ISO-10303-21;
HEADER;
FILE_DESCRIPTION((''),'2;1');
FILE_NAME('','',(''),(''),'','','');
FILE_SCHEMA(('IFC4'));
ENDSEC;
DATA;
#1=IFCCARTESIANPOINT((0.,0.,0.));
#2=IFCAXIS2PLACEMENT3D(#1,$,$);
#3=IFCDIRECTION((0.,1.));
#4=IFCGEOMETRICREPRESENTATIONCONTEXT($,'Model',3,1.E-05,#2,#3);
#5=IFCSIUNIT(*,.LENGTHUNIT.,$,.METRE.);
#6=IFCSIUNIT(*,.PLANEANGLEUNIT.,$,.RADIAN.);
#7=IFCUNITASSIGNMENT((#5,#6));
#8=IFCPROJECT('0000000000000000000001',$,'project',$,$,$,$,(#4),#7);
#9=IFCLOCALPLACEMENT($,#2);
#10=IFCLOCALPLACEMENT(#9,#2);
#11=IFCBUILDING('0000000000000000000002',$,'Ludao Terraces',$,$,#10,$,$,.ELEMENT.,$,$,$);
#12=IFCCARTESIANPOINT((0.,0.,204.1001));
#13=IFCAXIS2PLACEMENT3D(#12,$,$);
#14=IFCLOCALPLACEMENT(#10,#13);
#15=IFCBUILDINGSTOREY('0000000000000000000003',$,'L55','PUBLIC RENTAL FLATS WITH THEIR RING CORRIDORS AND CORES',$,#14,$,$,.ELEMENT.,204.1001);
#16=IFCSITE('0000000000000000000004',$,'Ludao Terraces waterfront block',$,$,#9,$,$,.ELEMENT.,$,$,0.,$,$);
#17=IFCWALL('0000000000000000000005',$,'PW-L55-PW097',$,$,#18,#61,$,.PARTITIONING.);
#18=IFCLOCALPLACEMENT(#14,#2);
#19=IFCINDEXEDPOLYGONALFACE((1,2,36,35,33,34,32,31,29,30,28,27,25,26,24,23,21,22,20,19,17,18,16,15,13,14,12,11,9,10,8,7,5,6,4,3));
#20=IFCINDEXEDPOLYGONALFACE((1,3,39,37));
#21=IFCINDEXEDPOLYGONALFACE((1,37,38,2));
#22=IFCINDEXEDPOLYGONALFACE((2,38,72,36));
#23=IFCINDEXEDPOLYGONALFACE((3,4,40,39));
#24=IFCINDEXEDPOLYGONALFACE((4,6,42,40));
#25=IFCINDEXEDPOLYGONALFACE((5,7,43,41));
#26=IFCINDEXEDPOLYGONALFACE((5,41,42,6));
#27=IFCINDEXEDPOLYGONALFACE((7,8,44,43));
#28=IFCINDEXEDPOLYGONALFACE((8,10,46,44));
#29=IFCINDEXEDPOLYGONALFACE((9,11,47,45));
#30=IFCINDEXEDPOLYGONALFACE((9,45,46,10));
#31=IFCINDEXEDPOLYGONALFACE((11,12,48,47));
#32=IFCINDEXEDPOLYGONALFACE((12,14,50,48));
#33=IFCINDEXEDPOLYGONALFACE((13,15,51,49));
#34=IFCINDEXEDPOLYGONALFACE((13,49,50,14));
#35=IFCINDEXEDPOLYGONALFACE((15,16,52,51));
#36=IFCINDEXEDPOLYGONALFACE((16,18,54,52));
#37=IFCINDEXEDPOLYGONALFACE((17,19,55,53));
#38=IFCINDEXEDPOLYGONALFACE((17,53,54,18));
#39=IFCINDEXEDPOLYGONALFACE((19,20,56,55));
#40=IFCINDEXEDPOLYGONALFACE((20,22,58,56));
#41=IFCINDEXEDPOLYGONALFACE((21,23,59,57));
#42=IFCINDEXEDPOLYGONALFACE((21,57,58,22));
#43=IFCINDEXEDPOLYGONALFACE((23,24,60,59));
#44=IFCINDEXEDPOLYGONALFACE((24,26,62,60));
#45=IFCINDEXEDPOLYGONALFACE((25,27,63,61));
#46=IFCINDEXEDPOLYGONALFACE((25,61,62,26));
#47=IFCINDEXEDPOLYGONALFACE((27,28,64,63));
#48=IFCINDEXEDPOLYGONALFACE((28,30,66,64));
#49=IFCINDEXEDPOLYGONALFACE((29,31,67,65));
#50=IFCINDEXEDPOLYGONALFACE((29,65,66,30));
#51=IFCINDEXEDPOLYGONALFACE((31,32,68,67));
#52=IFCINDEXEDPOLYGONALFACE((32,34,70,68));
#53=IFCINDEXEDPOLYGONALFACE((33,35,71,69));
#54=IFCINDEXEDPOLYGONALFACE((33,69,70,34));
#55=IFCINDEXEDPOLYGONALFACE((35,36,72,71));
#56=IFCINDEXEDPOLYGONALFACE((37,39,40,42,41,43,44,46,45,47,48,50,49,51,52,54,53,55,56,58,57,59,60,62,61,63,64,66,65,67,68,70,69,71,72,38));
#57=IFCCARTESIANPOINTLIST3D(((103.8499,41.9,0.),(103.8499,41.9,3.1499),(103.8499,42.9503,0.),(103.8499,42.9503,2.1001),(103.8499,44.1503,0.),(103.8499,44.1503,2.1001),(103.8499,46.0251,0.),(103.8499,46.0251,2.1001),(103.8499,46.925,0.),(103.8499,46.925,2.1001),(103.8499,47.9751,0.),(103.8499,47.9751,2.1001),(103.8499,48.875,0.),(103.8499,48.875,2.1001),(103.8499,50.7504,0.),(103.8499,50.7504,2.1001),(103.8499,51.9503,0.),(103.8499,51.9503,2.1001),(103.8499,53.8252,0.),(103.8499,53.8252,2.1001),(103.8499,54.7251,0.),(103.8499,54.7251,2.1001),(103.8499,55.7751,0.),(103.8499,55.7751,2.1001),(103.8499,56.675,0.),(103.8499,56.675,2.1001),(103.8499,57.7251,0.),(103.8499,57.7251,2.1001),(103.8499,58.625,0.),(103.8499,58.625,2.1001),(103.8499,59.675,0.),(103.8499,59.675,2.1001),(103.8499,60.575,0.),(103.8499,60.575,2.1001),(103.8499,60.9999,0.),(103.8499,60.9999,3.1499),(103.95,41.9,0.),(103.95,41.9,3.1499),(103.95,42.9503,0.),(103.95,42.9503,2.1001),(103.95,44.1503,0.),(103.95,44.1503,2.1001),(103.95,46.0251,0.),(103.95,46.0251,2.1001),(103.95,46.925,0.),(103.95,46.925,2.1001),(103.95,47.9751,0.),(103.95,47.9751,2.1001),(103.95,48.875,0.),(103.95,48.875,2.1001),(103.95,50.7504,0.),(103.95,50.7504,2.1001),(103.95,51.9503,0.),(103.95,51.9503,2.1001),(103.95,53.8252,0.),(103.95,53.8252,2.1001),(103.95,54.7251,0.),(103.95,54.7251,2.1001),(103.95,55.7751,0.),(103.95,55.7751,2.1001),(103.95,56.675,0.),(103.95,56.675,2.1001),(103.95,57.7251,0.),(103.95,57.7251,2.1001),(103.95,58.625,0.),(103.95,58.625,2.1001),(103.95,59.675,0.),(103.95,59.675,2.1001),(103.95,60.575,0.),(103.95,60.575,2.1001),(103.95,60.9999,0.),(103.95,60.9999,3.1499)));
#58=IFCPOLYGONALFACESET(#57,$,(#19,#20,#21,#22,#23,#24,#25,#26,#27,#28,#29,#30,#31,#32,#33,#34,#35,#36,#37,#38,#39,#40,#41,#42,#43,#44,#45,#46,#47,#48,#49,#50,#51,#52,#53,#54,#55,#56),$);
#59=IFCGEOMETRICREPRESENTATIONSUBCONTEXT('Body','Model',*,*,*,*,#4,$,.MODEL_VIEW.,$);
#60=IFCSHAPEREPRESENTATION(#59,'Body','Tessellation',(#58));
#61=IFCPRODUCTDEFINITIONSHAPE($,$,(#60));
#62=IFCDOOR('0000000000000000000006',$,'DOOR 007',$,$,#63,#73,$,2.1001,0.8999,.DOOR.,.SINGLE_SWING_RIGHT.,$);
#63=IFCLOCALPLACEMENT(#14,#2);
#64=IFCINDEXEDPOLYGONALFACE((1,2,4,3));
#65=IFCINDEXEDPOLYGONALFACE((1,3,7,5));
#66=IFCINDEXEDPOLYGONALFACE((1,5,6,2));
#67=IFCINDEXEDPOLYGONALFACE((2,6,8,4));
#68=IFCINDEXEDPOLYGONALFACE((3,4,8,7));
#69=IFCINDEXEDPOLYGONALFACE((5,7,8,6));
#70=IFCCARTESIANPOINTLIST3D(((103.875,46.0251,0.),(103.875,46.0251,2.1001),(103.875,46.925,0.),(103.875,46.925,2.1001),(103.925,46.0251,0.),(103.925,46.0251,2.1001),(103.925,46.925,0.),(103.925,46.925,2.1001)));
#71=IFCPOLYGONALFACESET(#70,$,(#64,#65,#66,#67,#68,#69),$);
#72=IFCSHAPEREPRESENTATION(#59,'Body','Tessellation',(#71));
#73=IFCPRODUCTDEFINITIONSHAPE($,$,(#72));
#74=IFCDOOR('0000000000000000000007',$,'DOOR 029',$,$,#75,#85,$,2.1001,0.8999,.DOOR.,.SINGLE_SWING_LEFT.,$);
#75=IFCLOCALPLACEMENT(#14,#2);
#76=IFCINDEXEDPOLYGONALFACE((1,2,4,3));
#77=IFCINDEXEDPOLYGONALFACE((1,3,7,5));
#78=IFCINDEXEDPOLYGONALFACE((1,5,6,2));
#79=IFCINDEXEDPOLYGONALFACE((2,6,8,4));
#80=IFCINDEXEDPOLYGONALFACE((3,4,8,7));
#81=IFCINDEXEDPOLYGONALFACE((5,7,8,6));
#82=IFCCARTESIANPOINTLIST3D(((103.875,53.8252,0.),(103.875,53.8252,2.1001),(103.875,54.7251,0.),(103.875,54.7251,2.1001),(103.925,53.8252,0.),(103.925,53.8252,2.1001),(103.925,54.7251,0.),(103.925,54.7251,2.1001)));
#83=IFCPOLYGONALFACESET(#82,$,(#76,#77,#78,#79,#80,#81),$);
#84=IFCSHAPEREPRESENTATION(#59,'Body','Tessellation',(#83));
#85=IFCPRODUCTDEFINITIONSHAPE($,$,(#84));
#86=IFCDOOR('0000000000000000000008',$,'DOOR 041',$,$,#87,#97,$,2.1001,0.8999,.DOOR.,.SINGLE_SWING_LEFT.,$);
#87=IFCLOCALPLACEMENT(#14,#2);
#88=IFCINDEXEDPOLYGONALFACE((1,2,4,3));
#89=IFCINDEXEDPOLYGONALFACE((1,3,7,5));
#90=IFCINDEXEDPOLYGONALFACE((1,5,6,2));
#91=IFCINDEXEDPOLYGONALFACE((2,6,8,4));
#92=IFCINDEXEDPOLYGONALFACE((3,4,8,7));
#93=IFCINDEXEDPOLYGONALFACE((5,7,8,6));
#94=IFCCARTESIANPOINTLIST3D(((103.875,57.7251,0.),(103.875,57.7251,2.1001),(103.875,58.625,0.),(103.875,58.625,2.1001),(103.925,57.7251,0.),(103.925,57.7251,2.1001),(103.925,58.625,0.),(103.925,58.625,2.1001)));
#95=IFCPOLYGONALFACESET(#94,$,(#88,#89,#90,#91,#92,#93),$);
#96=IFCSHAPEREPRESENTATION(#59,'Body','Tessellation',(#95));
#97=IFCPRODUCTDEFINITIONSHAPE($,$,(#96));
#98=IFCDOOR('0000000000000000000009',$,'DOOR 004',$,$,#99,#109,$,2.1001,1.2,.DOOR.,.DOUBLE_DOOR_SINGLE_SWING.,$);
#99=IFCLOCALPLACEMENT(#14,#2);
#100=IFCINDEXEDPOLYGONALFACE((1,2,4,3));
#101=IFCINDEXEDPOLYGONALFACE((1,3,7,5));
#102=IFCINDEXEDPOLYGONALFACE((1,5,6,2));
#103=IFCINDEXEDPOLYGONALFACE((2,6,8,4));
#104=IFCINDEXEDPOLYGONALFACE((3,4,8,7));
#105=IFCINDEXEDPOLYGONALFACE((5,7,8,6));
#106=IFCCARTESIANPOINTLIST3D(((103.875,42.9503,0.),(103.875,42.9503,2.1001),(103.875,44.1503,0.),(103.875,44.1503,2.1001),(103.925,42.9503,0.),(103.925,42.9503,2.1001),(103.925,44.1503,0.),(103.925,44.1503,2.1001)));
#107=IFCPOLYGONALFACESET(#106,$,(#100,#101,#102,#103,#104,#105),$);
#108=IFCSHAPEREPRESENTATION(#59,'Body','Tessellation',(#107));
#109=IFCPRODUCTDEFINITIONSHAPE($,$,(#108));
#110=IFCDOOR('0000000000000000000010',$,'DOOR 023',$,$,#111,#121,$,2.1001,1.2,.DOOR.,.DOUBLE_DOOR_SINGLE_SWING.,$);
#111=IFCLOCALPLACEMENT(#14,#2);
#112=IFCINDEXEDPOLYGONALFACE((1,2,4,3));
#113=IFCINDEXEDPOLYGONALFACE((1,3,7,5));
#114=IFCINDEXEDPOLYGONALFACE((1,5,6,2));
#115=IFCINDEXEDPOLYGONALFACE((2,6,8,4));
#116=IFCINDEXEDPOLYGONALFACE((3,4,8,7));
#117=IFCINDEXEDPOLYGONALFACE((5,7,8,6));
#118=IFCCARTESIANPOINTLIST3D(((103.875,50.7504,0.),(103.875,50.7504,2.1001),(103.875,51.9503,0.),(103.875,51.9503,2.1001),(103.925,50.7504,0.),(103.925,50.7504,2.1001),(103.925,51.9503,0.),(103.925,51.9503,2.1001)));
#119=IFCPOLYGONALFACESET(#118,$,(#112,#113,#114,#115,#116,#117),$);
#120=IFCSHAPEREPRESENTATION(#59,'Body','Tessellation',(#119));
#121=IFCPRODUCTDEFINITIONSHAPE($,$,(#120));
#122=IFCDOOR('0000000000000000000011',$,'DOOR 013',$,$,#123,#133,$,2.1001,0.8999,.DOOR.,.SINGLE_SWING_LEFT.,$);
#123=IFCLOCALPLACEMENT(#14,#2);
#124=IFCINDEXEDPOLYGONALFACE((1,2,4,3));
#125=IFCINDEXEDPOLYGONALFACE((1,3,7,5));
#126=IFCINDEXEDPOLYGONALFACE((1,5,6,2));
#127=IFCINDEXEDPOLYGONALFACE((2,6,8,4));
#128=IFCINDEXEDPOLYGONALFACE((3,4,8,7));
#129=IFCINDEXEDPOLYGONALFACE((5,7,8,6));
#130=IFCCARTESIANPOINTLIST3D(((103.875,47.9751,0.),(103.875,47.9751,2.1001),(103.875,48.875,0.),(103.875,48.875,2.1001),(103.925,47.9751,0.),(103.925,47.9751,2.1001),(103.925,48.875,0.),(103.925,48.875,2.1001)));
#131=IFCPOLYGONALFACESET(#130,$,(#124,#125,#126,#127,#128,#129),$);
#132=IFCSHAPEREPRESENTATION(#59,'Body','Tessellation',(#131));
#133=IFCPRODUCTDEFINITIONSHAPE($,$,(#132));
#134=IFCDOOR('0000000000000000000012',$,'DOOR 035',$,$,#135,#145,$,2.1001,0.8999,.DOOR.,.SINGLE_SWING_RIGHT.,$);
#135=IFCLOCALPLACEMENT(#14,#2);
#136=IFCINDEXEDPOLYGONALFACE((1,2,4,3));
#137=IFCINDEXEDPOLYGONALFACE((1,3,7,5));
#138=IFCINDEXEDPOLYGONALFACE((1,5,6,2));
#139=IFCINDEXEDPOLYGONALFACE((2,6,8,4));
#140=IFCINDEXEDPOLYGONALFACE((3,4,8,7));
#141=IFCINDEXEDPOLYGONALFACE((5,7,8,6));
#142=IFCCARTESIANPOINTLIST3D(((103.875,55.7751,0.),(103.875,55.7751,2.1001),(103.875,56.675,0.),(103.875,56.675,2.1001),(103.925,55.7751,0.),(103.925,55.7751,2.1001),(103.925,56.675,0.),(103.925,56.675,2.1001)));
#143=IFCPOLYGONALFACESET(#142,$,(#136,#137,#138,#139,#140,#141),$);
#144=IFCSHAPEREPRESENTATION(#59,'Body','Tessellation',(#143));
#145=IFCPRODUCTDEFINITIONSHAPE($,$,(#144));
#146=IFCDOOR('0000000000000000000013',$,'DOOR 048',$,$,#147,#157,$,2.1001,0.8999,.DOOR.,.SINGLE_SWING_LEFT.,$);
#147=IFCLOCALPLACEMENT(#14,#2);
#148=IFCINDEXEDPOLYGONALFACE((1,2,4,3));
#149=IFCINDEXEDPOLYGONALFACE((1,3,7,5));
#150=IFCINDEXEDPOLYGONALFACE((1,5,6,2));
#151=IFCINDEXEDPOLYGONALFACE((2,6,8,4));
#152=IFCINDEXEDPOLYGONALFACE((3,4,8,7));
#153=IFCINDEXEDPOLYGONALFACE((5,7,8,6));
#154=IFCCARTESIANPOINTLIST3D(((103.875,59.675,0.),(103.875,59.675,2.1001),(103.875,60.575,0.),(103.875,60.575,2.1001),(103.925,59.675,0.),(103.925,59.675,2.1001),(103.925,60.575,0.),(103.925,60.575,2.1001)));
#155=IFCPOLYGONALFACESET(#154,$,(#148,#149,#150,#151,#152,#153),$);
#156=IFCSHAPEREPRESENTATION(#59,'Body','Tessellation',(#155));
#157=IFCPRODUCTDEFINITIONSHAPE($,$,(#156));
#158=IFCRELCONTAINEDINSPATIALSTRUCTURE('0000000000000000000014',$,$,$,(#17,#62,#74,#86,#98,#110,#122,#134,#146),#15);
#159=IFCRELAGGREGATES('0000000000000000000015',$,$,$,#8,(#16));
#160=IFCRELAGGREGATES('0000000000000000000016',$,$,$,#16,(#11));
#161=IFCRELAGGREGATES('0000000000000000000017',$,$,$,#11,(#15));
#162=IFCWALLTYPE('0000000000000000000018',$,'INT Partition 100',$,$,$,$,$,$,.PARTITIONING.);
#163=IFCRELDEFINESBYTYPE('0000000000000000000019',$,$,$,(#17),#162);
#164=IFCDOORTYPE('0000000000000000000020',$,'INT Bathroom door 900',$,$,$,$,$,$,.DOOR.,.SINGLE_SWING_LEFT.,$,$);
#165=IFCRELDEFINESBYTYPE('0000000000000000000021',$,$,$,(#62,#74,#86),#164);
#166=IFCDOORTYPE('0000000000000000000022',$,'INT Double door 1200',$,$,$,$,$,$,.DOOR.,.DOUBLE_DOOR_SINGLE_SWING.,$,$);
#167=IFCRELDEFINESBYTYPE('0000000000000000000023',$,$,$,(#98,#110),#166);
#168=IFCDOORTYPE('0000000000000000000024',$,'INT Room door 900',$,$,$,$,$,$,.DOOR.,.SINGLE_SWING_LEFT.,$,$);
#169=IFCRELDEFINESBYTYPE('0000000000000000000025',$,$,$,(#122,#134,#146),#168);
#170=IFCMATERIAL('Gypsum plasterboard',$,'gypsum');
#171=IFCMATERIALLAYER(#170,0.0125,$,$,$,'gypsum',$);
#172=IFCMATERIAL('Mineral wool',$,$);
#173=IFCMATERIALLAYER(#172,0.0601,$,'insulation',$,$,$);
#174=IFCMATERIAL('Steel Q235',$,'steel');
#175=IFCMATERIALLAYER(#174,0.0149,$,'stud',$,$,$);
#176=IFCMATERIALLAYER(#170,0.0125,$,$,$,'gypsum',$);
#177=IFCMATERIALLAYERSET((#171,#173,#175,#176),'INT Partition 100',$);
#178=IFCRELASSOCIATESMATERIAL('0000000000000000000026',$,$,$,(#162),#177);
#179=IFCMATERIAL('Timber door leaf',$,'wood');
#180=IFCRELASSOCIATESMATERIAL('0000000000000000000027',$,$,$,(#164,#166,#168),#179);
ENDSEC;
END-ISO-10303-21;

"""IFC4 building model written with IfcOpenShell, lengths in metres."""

from ifc_helpers import new_model, si_unit, direction, frame, frame_2d, origin, place, context, subcontext, project, spatial, rectangle, extrude, material, layer, layer_set, type_object, element, fill, save


model = new_model("IFC4")

# Units and contexts
model_context = context("Model", 3, precision=1e-05, world=origin(), true_north=direction((0.0, 1.0)))
body_context = subcontext(model_context, "Body", "Model", "MODEL_VIEW")
ifc_project = project(units=[si_unit("LENGTHUNIT", "METRE"), si_unit("PLANEANGLEUNIT", "RADIAN")], contexts=[model_context])

# Site, building, storey
site_placement = place(None, origin())
site = spatial("IfcSite", under=ifc_project, at=site_placement, Name="Ludao Terraces waterfront block", CompositionType="ELEMENT", RefElevation=0.0)
building_placement = place(site_placement, origin())
building = spatial("IfcBuilding", under=site, at=building_placement, Name="Ludao Terraces", CompositionType="ELEMENT")
storey_placement = place(building_placement, frame((0.0, 0.0, 204.1001)))
storey = spatial("IfcBuildingStorey", under=building, at=storey_placement, Name="L55", Description="PUBLIC RENTAL FLATS WITH THEIR RING CORRIDORS AND CORES", CompositionType="ELEMENT", Elevation=204.1001)

# Shared definitions
ifc_material_1 = material(Name="Mineral wool")

# Wall, openings, doors
ifc_material_2 = material(Name="Gypsum plasterboard", Category="gypsum")
ifc_layer_1 = layer(ifc_material_2, 0.0125, Category="gypsum")
ifc_layer_2 = layer(ifc_material_1, 0.0601, Name="insulation")
ifc_material_3 = material(Name="Steel Q235", Category="steel")
ifc_layer_3 = layer(ifc_material_3, 0.0149, Name="stud")
ifc_layer_4 = layer(ifc_material_2, 0.0125, Category="gypsum")
ifc_layer_set_1 = layer_set([ifc_layer_1, ifc_layer_2, ifc_layer_3, ifc_layer_4], Name="INT Partition 100")
wall_type_1 = type_object("IfcWallType", Name="INT Partition 100", PredefinedType="PARTITIONING", material=ifc_layer_set_1)
wall_1_placement = place(storey_placement, frame((103.8999, 41.9001, 0.0), z_axis=(0.0, 0.0, 1.0), x_axis=(0.0, 1.0, 0.0)))
wall_1 = element("IfcWall", 1, at=wall_1_placement, inside=storey, type_object=wall_type_1, Name="PW-L55-PW097", PredefinedType="PARTITIONING", context=body_context, shape_type="SweptSolid", body=[
    extrude(rectangle(XDim=19.0999, YDim=0.1001, at=frame_2d((9.5498, 0.0))), origin(), (0.0, 0.0, 1.0), 3.1499),
])
opening_1_placement = place(wall_1_placement, frame((1.05, 0.0, 0.0)))
opening_1 = element("IfcOpeningElement", 2, at=opening_1_placement, cuts=wall_1, PredefinedType="OPENING", context=body_context, shape_type="SweptSolid", body=[
    extrude(rectangle(XDim=1.2, YDim=2.1001, at=frame_2d((0.6001, 1.05))), frame((0.0, 0.0601, 0.0), z_axis=(0.0, -1.0, 0.0), x_axis=(1.0, 0.0, 0.0)), (0.0, 0.0, 1.0), 0.1201),
])
opening_2_placement = place(wall_1_placement, frame((4.125, 0.0, 0.0)))
opening_2 = element("IfcOpeningElement", 3, at=opening_2_placement, cuts=wall_1, PredefinedType="OPENING", context=body_context, shape_type="SweptSolid", body=[
    extrude(rectangle(XDim=0.8999, YDim=2.1001, at=frame_2d((0.45, 1.05))), frame((0.0, 0.0601, 0.0), z_axis=(0.0, -1.0, 0.0), x_axis=(1.0, 0.0, 0.0)), (0.0, 0.0, 1.0), 0.1201),
])
opening_3_placement = place(wall_1_placement, frame((6.075, 0.0, 0.0)))
opening_3 = element("IfcOpeningElement", 4, at=opening_3_placement, cuts=wall_1, PredefinedType="OPENING", context=body_context, shape_type="SweptSolid", body=[
    extrude(rectangle(XDim=0.8999, YDim=2.1001, at=frame_2d((0.45, 1.05))), frame((0.0, 0.0601, 0.0), z_axis=(0.0, -1.0, 0.0), x_axis=(1.0, 0.0, 0.0)), (0.0, 0.0, 1.0), 0.1201),
])
opening_4_placement = place(wall_1_placement, frame((8.8501, 0.0, 0.0)))
opening_4 = element("IfcOpeningElement", 5, at=opening_4_placement, cuts=wall_1, PredefinedType="OPENING", context=body_context, shape_type="SweptSolid", body=[
    extrude(rectangle(XDim=1.2, YDim=2.1001, at=frame_2d((0.6001, 1.05))), frame((0.0, 0.0601, 0.0), z_axis=(0.0, -1.0, 0.0), x_axis=(1.0, 0.0, 0.0)), (0.0, 0.0, 1.0), 0.1201),
])
opening_5_placement = place(wall_1_placement, frame((11.925, 0.0, 0.0)))
opening_5 = element("IfcOpeningElement", 6, at=opening_5_placement, cuts=wall_1, PredefinedType="OPENING", context=body_context, shape_type="SweptSolid", body=[
    extrude(rectangle(XDim=0.8999, YDim=2.1001, at=frame_2d((0.45, 1.05))), frame((0.0, 0.0601, 0.0), z_axis=(0.0, -1.0, 0.0), x_axis=(1.0, 0.0, 0.0)), (0.0, 0.0, 1.0), 0.1201),
])
opening_6_placement = place(wall_1_placement, frame((13.875, 0.0, 0.0)))
opening_6 = element("IfcOpeningElement", 7, at=opening_6_placement, cuts=wall_1, PredefinedType="OPENING", context=body_context, shape_type="SweptSolid", body=[
    extrude(rectangle(XDim=0.8999, YDim=2.1001, at=frame_2d((0.45, 1.05))), frame((0.0, 0.0601, 0.0), z_axis=(0.0, -1.0, 0.0), x_axis=(1.0, 0.0, 0.0)), (0.0, 0.0, 1.0), 0.1201),
])
opening_7_placement = place(wall_1_placement, frame((15.825, 0.0, 0.0)))
opening_7 = element("IfcOpeningElement", 8, at=opening_7_placement, cuts=wall_1, PredefinedType="OPENING", context=body_context, shape_type="SweptSolid", body=[
    extrude(rectangle(XDim=0.8999, YDim=2.1001, at=frame_2d((0.45, 1.05))), frame((0.0, 0.0601, 0.0), z_axis=(0.0, -1.0, 0.0), x_axis=(1.0, 0.0, 0.0)), (0.0, 0.0, 1.0), 0.1201),
])
opening_8_placement = place(wall_1_placement, frame((17.7749, 0.0, 0.0)))
opening_8 = element("IfcOpeningElement", 9, at=opening_8_placement, cuts=wall_1, PredefinedType="OPENING", context=body_context, shape_type="SweptSolid", body=[
    extrude(rectangle(XDim=0.8999, YDim=2.1001, at=frame_2d((0.45, 1.05))), frame((0.0, 0.0601, 0.0), z_axis=(0.0, -1.0, 0.0), x_axis=(1.0, 0.0, 0.0)), (0.0, 0.0, 1.0), 0.1201),
])
ifc_material_4 = material(Name="Timber door leaf", Category="wood")
door_type_1 = type_object("IfcDoorType", Name="INT Bathroom door 900", OperationType="SINGLE_SWING_LEFT", PredefinedType="DOOR", material=ifc_material_4)
door_1_placement = place(opening_2_placement, origin())
door_1 = element("IfcDoor", 10, at=door_1_placement, inside=storey, type_object=door_type_1, Name="DOOR 007", OperationType="SINGLE_SWING_RIGHT", OverallHeight=2.1001, OverallWidth=0.8999, PredefinedType="DOOR", context=body_context, shape_type="SweptSolid", body=[
    extrude(rectangle(XDim=0.8999, YDim=2.1001, at=frame_2d((0.45, 1.05))), frame((0.0, 0.0249, 0.0), z_axis=(0.0, -1.0, 0.0), x_axis=(1.0, 0.0, 0.0)), (0.0, 0.0, 1.0), 0.05),
])
fill(opening_2, door_1)
door_2_placement = place(opening_5_placement, origin())
door_2 = element("IfcDoor", 11, at=door_2_placement, inside=storey, type_object=door_type_1, Name="DOOR 029", OperationType="SINGLE_SWING_LEFT", OverallHeight=2.1001, OverallWidth=0.8999, PredefinedType="DOOR", context=body_context, shape_type="SweptSolid", body=[
    extrude(rectangle(XDim=0.8999, YDim=2.1001, at=frame_2d((0.45, 1.05))), frame((0.0, 0.0249, 0.0), z_axis=(0.0, -1.0, 0.0), x_axis=(1.0, 0.0, 0.0)), (0.0, 0.0, 1.0), 0.05),
])
fill(opening_5, door_2)
door_3_placement = place(opening_7_placement, origin())
door_3 = element("IfcDoor", 12, at=door_3_placement, inside=storey, type_object=door_type_1, Name="DOOR 041", OperationType="SINGLE_SWING_LEFT", OverallHeight=2.1001, OverallWidth=0.8999, PredefinedType="DOOR", context=body_context, shape_type="SweptSolid", body=[
    extrude(rectangle(XDim=0.8999, YDim=2.1001, at=frame_2d((0.45, 1.05))), frame((0.0, 0.0249, 0.0), z_axis=(0.0, -1.0, 0.0), x_axis=(1.0, 0.0, 0.0)), (0.0, 0.0, 1.0), 0.05),
])
fill(opening_7, door_3)
door_type_2 = type_object("IfcDoorType", Name="INT Double door 1200", OperationType="DOUBLE_DOOR_SINGLE_SWING", PredefinedType="DOOR", material=ifc_material_4)
door_4_placement = place(opening_1_placement, origin())
door_4 = element("IfcDoor", 13, at=door_4_placement, inside=storey, type_object=door_type_2, Name="DOOR 004", OperationType="DOUBLE_DOOR_SINGLE_SWING", OverallHeight=2.1001, OverallWidth=1.2, PredefinedType="DOOR", context=body_context, shape_type="SweptSolid", body=[
    extrude(rectangle(XDim=1.2, YDim=2.1001, at=frame_2d((0.6001, 1.05))), frame((0.0, 0.0249, 0.0), z_axis=(0.0, -1.0, 0.0), x_axis=(1.0, 0.0, 0.0)), (0.0, 0.0, 1.0), 0.05),
])
fill(opening_1, door_4)
door_5_placement = place(opening_4_placement, origin())
door_5 = element("IfcDoor", 14, at=door_5_placement, inside=storey, type_object=door_type_2, Name="DOOR 023", OperationType="DOUBLE_DOOR_SINGLE_SWING", OverallHeight=2.1001, OverallWidth=1.2, PredefinedType="DOOR", context=body_context, shape_type="SweptSolid", body=[
    extrude(rectangle(XDim=1.2, YDim=2.1001, at=frame_2d((0.6001, 1.05))), frame((0.0, 0.0249, 0.0), z_axis=(0.0, -1.0, 0.0), x_axis=(1.0, 0.0, 0.0)), (0.0, 0.0, 1.0), 0.05),
])
fill(opening_4, door_5)
door_type_3 = type_object("IfcDoorType", Name="INT Room door 900", OperationType="SINGLE_SWING_LEFT", PredefinedType="DOOR", material=ifc_material_4)
door_6_placement = place(opening_3_placement, origin())
door_6 = element("IfcDoor", 15, at=door_6_placement, inside=storey, type_object=door_type_3, Name="DOOR 013", OperationType="SINGLE_SWING_LEFT", OverallHeight=2.1001, OverallWidth=0.8999, PredefinedType="DOOR", context=body_context, shape_type="SweptSolid", body=[
    extrude(rectangle(XDim=0.8999, YDim=2.1001, at=frame_2d((0.45, 1.05))), frame((0.0, 0.0249, 0.0), z_axis=(0.0, -1.0, 0.0), x_axis=(1.0, 0.0, 0.0)), (0.0, 0.0, 1.0), 0.05),
])
fill(opening_3, door_6)
door_7_placement = place(opening_6_placement, origin())
door_7 = element("IfcDoor", 16, at=door_7_placement, inside=storey, type_object=door_type_3, Name="DOOR 035", OperationType="SINGLE_SWING_RIGHT", OverallHeight=2.1001, OverallWidth=0.8999, PredefinedType="DOOR", context=body_context, shape_type="SweptSolid", body=[
    extrude(rectangle(XDim=0.8999, YDim=2.1001, at=frame_2d((0.45, 1.05))), frame((0.0, 0.0249, 0.0), z_axis=(0.0, -1.0, 0.0), x_axis=(1.0, 0.0, 0.0)), (0.0, 0.0, 1.0), 0.05),
])
fill(opening_6, door_7)
door_8_placement = place(opening_8_placement, origin())
door_8 = element("IfcDoor", 17, at=door_8_placement, inside=storey, type_object=door_type_3, Name="DOOR 048", OperationType="SINGLE_SWING_LEFT", OverallHeight=2.1001, OverallWidth=0.8999, PredefinedType="DOOR", context=body_context, shape_type="SweptSolid", body=[
    extrude(rectangle(XDim=0.8999, YDim=2.1001, at=frame_2d((0.45, 1.05))), frame((0.0, 0.0249, 0.0), z_axis=(0.0, -1.0, 0.0), x_axis=(1.0, 0.0, 0.0)), (0.0, 0.0, 1.0), 0.05),
])
fill(opening_8, door_8)

save(model, "model.ifc")
